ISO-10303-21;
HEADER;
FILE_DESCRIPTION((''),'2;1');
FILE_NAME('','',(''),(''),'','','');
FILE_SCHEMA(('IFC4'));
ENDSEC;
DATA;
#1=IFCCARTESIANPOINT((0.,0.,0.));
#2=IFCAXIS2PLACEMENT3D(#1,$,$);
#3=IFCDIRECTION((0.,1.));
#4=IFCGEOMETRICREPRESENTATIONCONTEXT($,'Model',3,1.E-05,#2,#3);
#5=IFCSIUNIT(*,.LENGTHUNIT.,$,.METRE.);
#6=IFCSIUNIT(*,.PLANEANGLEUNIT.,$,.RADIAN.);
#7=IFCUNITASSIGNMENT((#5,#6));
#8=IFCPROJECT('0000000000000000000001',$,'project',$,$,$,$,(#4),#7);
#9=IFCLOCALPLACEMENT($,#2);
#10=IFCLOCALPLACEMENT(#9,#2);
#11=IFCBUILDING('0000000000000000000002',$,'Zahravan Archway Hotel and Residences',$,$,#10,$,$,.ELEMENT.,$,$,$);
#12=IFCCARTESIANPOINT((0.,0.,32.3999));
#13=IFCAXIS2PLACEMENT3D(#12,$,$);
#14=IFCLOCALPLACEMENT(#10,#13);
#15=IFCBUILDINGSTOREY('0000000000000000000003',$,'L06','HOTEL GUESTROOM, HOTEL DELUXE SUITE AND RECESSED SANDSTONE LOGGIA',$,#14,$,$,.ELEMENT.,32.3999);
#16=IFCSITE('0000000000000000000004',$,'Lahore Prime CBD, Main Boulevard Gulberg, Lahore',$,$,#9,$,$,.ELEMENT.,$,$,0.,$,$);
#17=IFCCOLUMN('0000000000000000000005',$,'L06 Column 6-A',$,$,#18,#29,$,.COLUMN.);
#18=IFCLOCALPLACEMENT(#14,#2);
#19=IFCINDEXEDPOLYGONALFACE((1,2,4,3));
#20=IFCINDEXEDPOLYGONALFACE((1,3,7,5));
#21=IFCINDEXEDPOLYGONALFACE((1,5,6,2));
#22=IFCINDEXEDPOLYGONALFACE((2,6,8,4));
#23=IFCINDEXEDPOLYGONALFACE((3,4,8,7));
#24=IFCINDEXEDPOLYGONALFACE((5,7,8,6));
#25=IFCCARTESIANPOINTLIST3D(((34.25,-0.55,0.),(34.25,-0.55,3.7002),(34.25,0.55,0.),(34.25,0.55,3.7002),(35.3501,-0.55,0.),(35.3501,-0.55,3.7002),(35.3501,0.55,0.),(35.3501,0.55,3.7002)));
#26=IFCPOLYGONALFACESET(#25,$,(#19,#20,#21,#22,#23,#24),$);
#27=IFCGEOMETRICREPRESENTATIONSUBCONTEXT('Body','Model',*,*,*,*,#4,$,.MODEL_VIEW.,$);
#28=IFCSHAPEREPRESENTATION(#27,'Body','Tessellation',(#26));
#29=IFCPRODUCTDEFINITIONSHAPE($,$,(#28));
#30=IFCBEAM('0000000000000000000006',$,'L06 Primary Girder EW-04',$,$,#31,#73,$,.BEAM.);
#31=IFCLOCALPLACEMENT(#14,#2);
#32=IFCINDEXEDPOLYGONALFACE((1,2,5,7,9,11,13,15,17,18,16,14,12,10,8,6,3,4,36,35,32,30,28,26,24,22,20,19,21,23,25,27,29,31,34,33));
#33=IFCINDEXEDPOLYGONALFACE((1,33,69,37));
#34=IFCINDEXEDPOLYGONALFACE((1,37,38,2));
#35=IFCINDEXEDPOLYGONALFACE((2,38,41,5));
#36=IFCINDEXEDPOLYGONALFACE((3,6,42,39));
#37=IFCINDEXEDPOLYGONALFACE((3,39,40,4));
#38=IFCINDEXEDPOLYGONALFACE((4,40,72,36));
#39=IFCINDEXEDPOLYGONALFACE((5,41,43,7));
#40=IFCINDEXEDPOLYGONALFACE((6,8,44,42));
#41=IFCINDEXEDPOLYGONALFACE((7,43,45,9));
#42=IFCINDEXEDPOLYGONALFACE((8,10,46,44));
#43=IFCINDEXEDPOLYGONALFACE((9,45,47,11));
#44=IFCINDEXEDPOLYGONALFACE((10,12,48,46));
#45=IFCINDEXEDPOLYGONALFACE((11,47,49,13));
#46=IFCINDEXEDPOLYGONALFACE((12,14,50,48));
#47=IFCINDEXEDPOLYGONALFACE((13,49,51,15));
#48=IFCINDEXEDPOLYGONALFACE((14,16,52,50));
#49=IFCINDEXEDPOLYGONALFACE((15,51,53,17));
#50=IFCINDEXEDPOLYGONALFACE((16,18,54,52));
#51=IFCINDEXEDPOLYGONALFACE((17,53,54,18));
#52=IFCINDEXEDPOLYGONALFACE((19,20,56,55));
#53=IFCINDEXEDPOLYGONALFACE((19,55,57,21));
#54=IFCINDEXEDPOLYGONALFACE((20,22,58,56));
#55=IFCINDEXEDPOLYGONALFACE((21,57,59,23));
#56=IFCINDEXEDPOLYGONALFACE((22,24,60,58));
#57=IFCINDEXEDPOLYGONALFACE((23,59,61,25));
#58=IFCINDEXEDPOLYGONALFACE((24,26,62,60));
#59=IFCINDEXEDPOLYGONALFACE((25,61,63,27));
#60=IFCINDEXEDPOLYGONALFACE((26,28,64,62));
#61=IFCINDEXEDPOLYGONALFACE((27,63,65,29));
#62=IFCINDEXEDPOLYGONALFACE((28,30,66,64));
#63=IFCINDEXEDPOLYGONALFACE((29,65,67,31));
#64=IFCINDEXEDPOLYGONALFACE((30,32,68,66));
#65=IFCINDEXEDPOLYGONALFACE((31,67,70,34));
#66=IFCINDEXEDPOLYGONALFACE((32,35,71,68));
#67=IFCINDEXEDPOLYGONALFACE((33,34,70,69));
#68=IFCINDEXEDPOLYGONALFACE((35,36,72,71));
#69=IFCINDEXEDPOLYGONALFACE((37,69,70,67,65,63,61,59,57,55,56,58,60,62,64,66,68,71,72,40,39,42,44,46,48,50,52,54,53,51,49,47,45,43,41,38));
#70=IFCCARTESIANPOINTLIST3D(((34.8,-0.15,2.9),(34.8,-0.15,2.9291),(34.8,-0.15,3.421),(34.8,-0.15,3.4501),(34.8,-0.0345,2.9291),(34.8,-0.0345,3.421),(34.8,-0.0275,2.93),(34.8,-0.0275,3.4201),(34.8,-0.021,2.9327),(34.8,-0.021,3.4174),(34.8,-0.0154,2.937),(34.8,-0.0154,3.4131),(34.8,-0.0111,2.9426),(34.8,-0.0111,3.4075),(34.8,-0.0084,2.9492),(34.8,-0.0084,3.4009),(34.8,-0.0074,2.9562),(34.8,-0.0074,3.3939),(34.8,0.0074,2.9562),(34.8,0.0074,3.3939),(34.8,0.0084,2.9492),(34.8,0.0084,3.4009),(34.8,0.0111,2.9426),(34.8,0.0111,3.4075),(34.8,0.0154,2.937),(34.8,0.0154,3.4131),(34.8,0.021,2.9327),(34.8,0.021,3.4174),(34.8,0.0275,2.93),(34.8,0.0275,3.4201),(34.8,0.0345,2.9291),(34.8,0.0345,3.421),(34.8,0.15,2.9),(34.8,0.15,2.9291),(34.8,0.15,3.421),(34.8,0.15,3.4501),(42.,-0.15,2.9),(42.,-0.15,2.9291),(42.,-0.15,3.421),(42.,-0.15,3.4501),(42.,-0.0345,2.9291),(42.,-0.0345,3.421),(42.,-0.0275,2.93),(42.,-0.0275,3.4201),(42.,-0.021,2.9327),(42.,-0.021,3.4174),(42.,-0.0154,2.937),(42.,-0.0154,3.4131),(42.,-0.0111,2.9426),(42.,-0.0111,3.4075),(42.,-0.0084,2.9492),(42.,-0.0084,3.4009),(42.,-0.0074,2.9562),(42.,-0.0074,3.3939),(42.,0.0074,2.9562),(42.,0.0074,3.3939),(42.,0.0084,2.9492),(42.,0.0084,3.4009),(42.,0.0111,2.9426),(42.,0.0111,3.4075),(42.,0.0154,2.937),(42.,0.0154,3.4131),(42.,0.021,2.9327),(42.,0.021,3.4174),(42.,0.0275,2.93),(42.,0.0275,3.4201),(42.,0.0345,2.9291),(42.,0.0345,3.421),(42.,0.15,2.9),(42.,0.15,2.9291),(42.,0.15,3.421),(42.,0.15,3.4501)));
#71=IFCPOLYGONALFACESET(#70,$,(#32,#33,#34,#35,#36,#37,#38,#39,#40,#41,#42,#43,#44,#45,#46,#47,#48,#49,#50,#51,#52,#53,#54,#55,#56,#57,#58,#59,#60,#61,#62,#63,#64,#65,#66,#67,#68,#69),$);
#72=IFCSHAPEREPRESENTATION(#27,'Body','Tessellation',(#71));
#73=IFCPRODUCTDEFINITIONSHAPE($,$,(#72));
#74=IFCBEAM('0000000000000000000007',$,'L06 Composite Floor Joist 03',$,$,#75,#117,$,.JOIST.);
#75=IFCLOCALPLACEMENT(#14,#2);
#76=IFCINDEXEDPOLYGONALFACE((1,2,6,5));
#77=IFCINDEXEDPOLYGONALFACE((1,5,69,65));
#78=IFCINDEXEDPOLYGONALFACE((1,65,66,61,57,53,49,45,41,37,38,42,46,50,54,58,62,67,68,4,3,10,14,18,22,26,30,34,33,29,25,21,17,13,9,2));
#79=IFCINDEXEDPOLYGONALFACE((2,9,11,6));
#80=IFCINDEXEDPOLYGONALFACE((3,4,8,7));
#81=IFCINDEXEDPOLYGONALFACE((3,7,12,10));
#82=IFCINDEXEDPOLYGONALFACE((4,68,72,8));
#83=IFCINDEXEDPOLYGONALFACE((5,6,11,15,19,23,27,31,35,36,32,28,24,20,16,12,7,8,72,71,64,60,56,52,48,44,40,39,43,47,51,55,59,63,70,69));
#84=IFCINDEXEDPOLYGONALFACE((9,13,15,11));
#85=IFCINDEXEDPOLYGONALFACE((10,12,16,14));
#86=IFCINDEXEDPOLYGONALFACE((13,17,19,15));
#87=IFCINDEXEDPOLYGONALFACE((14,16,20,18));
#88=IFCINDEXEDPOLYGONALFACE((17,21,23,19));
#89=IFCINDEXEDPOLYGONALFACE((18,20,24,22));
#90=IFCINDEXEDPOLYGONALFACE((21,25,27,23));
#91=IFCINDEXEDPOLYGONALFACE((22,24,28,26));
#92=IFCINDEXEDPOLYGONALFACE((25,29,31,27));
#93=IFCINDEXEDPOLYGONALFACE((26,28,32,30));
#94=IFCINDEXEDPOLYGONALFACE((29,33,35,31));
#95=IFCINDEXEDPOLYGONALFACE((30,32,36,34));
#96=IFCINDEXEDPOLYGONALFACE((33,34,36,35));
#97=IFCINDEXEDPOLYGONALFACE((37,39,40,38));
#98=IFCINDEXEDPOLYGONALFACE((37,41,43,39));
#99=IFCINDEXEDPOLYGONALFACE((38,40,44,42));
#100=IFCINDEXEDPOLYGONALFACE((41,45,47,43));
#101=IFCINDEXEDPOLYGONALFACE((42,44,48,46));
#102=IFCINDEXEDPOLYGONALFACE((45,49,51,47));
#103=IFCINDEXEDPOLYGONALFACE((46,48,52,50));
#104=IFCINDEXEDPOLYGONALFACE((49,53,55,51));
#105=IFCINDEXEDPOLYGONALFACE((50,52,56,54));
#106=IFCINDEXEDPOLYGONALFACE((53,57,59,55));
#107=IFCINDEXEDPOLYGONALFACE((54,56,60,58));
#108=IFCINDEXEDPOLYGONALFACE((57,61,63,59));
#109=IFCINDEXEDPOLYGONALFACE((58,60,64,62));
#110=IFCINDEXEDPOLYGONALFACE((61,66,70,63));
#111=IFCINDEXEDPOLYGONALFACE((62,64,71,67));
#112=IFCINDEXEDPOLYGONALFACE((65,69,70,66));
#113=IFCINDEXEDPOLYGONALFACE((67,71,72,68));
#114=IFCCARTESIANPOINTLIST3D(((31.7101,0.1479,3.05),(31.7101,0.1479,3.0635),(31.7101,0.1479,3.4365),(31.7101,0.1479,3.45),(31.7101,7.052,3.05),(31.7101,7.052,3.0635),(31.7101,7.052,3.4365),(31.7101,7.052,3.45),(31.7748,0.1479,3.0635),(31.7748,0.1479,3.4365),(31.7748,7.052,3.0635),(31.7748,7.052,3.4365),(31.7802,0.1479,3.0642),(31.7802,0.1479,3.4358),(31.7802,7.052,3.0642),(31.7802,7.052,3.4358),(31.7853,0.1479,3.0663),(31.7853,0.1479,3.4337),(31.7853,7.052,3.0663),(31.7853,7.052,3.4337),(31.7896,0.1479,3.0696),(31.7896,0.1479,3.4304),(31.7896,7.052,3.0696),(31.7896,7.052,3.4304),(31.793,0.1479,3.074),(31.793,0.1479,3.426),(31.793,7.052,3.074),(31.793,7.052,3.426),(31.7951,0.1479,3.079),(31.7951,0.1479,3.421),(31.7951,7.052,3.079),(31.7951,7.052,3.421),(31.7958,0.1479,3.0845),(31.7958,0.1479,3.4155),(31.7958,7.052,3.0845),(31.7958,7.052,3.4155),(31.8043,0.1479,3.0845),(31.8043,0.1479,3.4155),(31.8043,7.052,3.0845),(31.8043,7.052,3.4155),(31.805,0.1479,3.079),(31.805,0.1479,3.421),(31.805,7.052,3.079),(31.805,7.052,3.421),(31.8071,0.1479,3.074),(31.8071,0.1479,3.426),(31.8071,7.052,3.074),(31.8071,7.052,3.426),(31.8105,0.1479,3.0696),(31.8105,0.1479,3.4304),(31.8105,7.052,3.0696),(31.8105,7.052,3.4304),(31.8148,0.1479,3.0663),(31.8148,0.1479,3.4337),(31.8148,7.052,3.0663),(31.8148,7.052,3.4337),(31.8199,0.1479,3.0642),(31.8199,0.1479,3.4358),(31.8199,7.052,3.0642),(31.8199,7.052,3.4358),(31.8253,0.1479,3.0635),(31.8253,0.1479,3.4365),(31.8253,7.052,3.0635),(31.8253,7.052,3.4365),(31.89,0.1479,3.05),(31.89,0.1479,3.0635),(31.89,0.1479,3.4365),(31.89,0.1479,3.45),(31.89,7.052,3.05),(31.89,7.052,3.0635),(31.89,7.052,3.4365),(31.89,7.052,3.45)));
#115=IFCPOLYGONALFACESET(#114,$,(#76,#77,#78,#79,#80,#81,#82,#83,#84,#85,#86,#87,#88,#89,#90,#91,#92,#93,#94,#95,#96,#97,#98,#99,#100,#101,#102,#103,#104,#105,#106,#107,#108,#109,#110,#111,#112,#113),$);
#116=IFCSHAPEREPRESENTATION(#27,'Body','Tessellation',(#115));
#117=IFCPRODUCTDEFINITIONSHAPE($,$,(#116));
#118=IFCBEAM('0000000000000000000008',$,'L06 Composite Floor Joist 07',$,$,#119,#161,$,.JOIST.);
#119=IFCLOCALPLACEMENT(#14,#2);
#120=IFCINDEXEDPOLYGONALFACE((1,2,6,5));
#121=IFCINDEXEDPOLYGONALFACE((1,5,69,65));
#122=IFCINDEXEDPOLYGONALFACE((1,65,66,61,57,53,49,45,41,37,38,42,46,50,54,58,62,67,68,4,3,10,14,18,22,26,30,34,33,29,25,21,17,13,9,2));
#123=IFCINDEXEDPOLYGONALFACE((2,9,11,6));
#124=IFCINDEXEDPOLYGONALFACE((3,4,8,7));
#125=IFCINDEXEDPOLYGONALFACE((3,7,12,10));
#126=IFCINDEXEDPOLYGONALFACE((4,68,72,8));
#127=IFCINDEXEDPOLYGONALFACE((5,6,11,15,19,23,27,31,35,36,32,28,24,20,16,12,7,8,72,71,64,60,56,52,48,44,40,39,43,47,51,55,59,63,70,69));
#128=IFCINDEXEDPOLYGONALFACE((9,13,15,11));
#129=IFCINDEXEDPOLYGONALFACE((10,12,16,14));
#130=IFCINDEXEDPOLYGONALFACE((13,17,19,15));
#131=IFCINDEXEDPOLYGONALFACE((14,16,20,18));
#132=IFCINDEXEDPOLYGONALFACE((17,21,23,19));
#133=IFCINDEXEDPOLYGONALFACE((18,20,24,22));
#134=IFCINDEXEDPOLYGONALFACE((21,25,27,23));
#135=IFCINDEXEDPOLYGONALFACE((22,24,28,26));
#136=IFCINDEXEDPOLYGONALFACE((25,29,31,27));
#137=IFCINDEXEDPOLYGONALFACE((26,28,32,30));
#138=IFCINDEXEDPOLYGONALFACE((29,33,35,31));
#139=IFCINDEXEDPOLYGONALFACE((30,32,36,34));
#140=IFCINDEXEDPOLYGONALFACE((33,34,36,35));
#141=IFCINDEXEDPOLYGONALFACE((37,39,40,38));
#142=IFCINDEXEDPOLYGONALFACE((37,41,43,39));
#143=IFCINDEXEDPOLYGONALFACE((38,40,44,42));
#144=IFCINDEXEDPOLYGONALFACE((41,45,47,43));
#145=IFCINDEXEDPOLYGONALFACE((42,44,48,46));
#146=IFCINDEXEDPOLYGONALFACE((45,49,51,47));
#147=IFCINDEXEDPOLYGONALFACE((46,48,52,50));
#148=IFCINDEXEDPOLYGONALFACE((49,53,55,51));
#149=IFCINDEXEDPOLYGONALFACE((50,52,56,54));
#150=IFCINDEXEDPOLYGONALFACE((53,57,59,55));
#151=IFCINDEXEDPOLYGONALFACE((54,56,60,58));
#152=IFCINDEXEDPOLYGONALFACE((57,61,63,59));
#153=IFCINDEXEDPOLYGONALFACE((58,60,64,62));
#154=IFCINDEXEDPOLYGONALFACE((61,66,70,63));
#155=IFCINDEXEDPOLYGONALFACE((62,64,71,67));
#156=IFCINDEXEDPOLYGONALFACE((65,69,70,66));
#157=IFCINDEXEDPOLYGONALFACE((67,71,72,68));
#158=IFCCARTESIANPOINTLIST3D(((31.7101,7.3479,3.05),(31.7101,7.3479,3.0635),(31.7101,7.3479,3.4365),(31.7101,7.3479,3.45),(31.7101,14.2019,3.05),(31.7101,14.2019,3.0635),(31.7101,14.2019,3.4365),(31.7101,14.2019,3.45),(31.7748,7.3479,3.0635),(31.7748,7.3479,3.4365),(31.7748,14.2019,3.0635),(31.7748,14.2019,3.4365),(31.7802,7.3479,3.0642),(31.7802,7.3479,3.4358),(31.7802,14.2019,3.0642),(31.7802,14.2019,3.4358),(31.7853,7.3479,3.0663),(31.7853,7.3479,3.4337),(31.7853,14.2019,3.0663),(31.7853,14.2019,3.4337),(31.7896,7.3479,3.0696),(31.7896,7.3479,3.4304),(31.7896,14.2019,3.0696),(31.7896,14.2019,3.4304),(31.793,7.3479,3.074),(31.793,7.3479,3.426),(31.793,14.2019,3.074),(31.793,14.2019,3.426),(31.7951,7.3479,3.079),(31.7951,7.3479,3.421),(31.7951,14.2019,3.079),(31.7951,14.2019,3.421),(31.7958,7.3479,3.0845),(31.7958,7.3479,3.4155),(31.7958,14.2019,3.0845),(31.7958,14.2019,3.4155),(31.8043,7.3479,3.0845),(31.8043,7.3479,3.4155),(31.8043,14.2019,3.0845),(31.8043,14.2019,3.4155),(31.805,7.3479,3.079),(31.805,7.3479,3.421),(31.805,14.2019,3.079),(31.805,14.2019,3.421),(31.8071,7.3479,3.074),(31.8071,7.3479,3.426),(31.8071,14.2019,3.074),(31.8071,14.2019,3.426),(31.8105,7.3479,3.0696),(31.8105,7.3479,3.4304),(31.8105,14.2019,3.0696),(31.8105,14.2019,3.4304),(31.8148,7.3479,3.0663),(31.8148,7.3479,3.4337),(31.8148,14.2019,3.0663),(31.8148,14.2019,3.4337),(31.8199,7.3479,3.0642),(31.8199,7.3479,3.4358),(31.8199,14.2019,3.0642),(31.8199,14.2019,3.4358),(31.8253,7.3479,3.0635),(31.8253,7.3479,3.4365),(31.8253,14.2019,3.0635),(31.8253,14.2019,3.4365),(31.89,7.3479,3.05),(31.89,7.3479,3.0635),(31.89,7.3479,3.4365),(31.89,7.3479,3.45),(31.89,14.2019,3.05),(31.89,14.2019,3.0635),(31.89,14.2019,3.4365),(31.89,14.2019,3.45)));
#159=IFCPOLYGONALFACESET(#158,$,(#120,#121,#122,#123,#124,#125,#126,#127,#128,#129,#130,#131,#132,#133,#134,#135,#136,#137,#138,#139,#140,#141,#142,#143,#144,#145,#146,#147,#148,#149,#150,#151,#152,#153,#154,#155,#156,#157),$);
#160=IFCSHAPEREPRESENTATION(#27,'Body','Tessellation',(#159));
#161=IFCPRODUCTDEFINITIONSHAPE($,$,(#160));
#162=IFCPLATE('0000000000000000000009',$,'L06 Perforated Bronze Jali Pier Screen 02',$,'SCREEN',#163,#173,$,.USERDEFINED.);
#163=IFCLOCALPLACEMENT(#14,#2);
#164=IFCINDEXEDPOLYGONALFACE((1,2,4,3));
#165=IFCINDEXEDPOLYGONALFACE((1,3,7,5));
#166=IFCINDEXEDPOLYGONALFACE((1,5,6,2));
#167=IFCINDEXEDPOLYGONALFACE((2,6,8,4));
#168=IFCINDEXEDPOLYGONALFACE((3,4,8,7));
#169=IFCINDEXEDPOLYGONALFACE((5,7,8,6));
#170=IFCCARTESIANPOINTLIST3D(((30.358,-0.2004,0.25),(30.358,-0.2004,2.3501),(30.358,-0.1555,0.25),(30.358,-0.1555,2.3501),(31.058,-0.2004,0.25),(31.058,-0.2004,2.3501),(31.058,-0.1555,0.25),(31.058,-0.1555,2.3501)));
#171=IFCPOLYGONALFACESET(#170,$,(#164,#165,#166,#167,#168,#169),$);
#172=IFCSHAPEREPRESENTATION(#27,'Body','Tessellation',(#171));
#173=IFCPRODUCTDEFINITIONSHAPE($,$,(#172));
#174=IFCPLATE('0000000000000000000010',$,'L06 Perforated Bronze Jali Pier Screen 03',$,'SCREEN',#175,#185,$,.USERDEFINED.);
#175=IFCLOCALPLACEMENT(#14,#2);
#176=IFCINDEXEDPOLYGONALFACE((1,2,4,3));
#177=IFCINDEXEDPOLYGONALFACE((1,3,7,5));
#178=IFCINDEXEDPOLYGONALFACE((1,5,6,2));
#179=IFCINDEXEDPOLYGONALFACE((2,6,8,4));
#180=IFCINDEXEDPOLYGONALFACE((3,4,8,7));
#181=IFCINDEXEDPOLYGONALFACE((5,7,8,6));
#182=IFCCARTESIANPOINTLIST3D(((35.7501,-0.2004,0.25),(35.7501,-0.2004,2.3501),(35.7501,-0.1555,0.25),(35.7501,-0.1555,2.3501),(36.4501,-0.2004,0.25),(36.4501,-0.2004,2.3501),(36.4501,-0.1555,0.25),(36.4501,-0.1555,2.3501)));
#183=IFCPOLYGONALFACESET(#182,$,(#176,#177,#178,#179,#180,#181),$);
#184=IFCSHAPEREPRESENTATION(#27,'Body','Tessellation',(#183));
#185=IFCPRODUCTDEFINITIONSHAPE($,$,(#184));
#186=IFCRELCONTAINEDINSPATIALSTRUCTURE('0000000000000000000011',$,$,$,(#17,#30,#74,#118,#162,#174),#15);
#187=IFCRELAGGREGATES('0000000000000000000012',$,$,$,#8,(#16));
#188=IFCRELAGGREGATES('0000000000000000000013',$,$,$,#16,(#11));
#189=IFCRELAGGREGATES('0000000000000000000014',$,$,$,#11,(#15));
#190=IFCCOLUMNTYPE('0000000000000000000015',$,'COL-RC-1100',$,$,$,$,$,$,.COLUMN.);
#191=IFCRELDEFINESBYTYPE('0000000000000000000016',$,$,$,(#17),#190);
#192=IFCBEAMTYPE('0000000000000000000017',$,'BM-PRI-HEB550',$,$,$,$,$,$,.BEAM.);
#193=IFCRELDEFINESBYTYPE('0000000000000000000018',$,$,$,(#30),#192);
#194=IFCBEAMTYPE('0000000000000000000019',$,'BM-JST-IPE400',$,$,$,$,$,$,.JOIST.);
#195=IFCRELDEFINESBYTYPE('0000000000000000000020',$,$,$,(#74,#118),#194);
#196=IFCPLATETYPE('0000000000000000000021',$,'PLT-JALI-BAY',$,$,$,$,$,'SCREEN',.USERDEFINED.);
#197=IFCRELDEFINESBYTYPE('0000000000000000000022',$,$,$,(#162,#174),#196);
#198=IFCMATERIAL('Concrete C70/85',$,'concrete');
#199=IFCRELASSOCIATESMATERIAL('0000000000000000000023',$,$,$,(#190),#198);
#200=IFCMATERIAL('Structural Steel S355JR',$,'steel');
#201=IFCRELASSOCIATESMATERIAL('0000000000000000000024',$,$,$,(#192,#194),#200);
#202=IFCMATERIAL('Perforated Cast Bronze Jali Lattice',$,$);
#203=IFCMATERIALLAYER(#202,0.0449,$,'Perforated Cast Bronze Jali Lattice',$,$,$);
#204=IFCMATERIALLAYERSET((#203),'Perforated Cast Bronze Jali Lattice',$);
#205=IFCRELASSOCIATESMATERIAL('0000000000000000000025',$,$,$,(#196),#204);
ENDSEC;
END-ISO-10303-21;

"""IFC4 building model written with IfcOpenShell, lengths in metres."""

from ifc_helpers import new_model, si_unit, direction, frame, origin, origin_2d, place, context, subcontext, project, spatial, rectangle, i_section, extrude, source, transform, mapped, material, layer, layer_set, material_profile, profile_set, type_object, type_shapes, element, save


model = new_model("IFC4")

# Units and contexts
model_context = context("Model", 3, precision=1e-05, world=origin(), true_north=direction((0.0, 1.0)))
body_context = subcontext(model_context, "Body", "Model", "MODEL_VIEW")
ifc_project = project(units=[si_unit("LENGTHUNIT", "METRE"), si_unit("PLANEANGLEUNIT", "RADIAN")], contexts=[model_context])

# Site, building, storey
site_placement = place(None, origin())
site = spatial("IfcSite", under=ifc_project, at=site_placement, Name="Lahore Prime CBD, Main Boulevard Gulberg, Lahore", CompositionType="ELEMENT", RefElevation=0.0)
building_placement = place(site_placement, origin())
building = spatial("IfcBuilding", under=site, at=building_placement, Name="Zahravan Archway Hotel and Residences", CompositionType="ELEMENT")
storey_placement = place(building_placement, frame((0.0, 0.0, 32.3999)))
storey = spatial("IfcBuildingStorey", under=building, at=storey_placement, Name="L06", Description="HOTEL GUESTROOM, HOTEL DELUXE SUITE AND RECESSED SANDSTONE LOGGIA", CompositionType="ELEMENT", Elevation=32.3999)

# Column
ifc_material_1 = material(Name="Concrete C70/85", Category="concrete")
ifc_material_profile_1 = material_profile(ifc_material_1, rectangle(XDim=1.1001, YDim=1.1001, at=origin_2d()), Name="RC 1100x1100", Category="concrete")
ifc_profile_set_1 = profile_set([ifc_material_profile_1], Name="Concrete C70/85")
column_type = type_object("IfcColumnType", Name="COL-RC-1100", PredefinedType="COLUMN", material=ifc_profile_set_1)
shared_shape_1 = source(origin(), body_context, "Body", "SweptSolid", [
    extrude(rectangle(XDim=1.1001, YDim=1.1001, at=origin_2d()), origin(), (0.0, 0.0, 1.0), 3.7002),
])
column_placement = place(storey_placement, frame((34.8, 0.0, 0.0), z_axis=(0.0, 0.0, 1.0), x_axis=(1.0, 0.0, 0.0)))
element("IfcColumn", 1, at=column_placement, inside=storey, type_object=column_type, Name="L06 Column 6-A", PredefinedType="COLUMN", context=body_context, shape_type="MappedRepresentation", body=[
    mapped(shared_shape_1, transform((0.0, 0.0, 0.0), scale=1.0)),
])

# Beams
ifc_material_2 = material(Name="Structural Steel S355JR", Category="steel")
ifc_material_profile_2 = material_profile(ifc_material_2, i_section(OverallWidth=0.3, OverallDepth=0.55, WebThickness=0.0149, FlangeThickness=0.0291, FilletRadius=0.0271, at=origin_2d()), Name="HEB 550", Category="steel")
ifc_profile_set_2 = profile_set([ifc_material_profile_2], Name="Structural Steel S355JR")
beam_type_1 = type_object("IfcBeamType", Name="BM-PRI-HEB550", PredefinedType="BEAM", material=ifc_profile_set_2)
shared_shape_2 = source(origin(), body_context, "Body", "SweptSolid", [
    extrude(i_section(OverallWidth=0.3, OverallDepth=0.55, WebThickness=0.0149, FlangeThickness=0.0291, FilletRadius=0.0271, at=origin_2d()), origin(), (0.0, 0.0, 1.0), 7.2),
])
beam_1_placement = place(storey_placement, frame((34.8, 0.0, 3.175), z_axis=(1.0, 0.0, 0.0), x_axis=(0.0, 1.0, 0.0)))
element("IfcBeam", 2, at=beam_1_placement, inside=storey, type_object=beam_type_1, Name="L06 Primary Girder EW-04", PredefinedType="BEAM", context=body_context, shape_type="MappedRepresentation", body=[
    mapped(shared_shape_2, transform((0.0, 0.0, 0.0), scale=1.0)),
])
ifc_material_profile_3 = material_profile(ifc_material_2, i_section(OverallWidth=0.1799, OverallDepth=0.3999, WebThickness=0.0085, FlangeThickness=0.0134, FilletRadius=0.021, at=origin_2d()), Name="IPE 400", Category="steel")
ifc_profile_set_3 = profile_set([ifc_material_profile_3], Name="Structural Steel S355JR")
beam_type_2 = type_object("IfcBeamType", Name="BM-JST-IPE400", PredefinedType="JOIST", material=ifc_profile_set_3)
shared_shape_3 = source(origin(), body_context, "Body", "SweptSolid", [
    extrude(i_section(OverallWidth=0.1799, OverallDepth=0.3999, WebThickness=0.0085, FlangeThickness=0.0134, FilletRadius=0.021, at=origin_2d()), origin(), (0.0, 0.0, 1.0), 6.9041),
])
type_shapes(beam_type_2, [shared_shape_3])
beam_2_placement = place(storey_placement, frame((31.8, 0.1479, 3.25), z_axis=(0.0, 1.0, 0.0), x_axis=(-1.0, 0.0, 0.0)))
element("IfcBeam", 3, at=beam_2_placement, inside=storey, type_object=beam_type_2, Name="L06 Composite Floor Joist 03", PredefinedType="JOIST", context=body_context, shape_type="MappedRepresentation", body=[
    mapped(shared_shape_3, transform((0.0, 0.0, 0.0), scale=1.0)),
])
shared_shape_4 = source(origin(), body_context, "Body", "SweptSolid", [
    extrude(i_section(OverallWidth=0.1799, OverallDepth=0.3999, WebThickness=0.0085, FlangeThickness=0.0134, FilletRadius=0.021, at=origin_2d()), origin(), (0.0, 0.0, 1.0), 6.854),
])
beam_3_placement = place(storey_placement, frame((31.8, 7.3479, 3.25), z_axis=(0.0, 1.0, 0.0), x_axis=(-1.0, 0.0, 0.0)))
element("IfcBeam", 4, at=beam_3_placement, inside=storey, type_object=beam_type_2, Name="L06 Composite Floor Joist 07", PredefinedType="JOIST", context=body_context, shape_type="MappedRepresentation", body=[
    mapped(shared_shape_4, transform((0.0, 0.0, 0.0), scale=1.0)),
])

# Plates
ifc_material_3 = material(Name="Perforated Cast Bronze Jali Lattice")
ifc_layer_1 = layer(ifc_material_3, 0.0449, Name="Perforated Cast Bronze Jali Lattice")
ifc_layer_set_1 = layer_set([ifc_layer_1], Name="Perforated Cast Bronze Jali Lattice")
plate_type = type_object("IfcPlateType", Name="PLT-JALI-BAY", ElementType="SCREEN", PredefinedType="USERDEFINED", material=ifc_layer_set_1)
shared_shape_5 = source(origin(), body_context, "Body", "SweptSolid", [
    extrude(rectangle(XDim=0.7, YDim=0.0449, at=origin_2d()), origin(), (0.0, 0.0, 1.0), 2.1001),
])
type_shapes(plate_type, [shared_shape_5])
for number, where, z_axis, x_axis, name in (
    (5, (30.708, -0.178, 0.25), (0.0, 0.0, 1.0), (1.0, 0.0, 0.0), "L06 Perforated Bronze Jali Pier Screen 02"),
    (6, (36.1001, -0.178, 0.25), (0.0, 0.0, 1.0), (1.0, 0.0, 0.0), "L06 Perforated Bronze Jali Pier Screen 03"),
):
    element("IfcPlate", number, at=place(storey_placement, frame(where, z_axis=z_axis, x_axis=x_axis)), inside=storey, type_object=plate_type, Name=name, ObjectType="SCREEN", PredefinedType="USERDEFINED", context=body_context, shape_type="MappedRepresentation", body=[
        mapped(shared_shape_5, transform((0.0, 0.0, 0.0), scale=1.0)),
    ])

save(model, "model.ifc")
